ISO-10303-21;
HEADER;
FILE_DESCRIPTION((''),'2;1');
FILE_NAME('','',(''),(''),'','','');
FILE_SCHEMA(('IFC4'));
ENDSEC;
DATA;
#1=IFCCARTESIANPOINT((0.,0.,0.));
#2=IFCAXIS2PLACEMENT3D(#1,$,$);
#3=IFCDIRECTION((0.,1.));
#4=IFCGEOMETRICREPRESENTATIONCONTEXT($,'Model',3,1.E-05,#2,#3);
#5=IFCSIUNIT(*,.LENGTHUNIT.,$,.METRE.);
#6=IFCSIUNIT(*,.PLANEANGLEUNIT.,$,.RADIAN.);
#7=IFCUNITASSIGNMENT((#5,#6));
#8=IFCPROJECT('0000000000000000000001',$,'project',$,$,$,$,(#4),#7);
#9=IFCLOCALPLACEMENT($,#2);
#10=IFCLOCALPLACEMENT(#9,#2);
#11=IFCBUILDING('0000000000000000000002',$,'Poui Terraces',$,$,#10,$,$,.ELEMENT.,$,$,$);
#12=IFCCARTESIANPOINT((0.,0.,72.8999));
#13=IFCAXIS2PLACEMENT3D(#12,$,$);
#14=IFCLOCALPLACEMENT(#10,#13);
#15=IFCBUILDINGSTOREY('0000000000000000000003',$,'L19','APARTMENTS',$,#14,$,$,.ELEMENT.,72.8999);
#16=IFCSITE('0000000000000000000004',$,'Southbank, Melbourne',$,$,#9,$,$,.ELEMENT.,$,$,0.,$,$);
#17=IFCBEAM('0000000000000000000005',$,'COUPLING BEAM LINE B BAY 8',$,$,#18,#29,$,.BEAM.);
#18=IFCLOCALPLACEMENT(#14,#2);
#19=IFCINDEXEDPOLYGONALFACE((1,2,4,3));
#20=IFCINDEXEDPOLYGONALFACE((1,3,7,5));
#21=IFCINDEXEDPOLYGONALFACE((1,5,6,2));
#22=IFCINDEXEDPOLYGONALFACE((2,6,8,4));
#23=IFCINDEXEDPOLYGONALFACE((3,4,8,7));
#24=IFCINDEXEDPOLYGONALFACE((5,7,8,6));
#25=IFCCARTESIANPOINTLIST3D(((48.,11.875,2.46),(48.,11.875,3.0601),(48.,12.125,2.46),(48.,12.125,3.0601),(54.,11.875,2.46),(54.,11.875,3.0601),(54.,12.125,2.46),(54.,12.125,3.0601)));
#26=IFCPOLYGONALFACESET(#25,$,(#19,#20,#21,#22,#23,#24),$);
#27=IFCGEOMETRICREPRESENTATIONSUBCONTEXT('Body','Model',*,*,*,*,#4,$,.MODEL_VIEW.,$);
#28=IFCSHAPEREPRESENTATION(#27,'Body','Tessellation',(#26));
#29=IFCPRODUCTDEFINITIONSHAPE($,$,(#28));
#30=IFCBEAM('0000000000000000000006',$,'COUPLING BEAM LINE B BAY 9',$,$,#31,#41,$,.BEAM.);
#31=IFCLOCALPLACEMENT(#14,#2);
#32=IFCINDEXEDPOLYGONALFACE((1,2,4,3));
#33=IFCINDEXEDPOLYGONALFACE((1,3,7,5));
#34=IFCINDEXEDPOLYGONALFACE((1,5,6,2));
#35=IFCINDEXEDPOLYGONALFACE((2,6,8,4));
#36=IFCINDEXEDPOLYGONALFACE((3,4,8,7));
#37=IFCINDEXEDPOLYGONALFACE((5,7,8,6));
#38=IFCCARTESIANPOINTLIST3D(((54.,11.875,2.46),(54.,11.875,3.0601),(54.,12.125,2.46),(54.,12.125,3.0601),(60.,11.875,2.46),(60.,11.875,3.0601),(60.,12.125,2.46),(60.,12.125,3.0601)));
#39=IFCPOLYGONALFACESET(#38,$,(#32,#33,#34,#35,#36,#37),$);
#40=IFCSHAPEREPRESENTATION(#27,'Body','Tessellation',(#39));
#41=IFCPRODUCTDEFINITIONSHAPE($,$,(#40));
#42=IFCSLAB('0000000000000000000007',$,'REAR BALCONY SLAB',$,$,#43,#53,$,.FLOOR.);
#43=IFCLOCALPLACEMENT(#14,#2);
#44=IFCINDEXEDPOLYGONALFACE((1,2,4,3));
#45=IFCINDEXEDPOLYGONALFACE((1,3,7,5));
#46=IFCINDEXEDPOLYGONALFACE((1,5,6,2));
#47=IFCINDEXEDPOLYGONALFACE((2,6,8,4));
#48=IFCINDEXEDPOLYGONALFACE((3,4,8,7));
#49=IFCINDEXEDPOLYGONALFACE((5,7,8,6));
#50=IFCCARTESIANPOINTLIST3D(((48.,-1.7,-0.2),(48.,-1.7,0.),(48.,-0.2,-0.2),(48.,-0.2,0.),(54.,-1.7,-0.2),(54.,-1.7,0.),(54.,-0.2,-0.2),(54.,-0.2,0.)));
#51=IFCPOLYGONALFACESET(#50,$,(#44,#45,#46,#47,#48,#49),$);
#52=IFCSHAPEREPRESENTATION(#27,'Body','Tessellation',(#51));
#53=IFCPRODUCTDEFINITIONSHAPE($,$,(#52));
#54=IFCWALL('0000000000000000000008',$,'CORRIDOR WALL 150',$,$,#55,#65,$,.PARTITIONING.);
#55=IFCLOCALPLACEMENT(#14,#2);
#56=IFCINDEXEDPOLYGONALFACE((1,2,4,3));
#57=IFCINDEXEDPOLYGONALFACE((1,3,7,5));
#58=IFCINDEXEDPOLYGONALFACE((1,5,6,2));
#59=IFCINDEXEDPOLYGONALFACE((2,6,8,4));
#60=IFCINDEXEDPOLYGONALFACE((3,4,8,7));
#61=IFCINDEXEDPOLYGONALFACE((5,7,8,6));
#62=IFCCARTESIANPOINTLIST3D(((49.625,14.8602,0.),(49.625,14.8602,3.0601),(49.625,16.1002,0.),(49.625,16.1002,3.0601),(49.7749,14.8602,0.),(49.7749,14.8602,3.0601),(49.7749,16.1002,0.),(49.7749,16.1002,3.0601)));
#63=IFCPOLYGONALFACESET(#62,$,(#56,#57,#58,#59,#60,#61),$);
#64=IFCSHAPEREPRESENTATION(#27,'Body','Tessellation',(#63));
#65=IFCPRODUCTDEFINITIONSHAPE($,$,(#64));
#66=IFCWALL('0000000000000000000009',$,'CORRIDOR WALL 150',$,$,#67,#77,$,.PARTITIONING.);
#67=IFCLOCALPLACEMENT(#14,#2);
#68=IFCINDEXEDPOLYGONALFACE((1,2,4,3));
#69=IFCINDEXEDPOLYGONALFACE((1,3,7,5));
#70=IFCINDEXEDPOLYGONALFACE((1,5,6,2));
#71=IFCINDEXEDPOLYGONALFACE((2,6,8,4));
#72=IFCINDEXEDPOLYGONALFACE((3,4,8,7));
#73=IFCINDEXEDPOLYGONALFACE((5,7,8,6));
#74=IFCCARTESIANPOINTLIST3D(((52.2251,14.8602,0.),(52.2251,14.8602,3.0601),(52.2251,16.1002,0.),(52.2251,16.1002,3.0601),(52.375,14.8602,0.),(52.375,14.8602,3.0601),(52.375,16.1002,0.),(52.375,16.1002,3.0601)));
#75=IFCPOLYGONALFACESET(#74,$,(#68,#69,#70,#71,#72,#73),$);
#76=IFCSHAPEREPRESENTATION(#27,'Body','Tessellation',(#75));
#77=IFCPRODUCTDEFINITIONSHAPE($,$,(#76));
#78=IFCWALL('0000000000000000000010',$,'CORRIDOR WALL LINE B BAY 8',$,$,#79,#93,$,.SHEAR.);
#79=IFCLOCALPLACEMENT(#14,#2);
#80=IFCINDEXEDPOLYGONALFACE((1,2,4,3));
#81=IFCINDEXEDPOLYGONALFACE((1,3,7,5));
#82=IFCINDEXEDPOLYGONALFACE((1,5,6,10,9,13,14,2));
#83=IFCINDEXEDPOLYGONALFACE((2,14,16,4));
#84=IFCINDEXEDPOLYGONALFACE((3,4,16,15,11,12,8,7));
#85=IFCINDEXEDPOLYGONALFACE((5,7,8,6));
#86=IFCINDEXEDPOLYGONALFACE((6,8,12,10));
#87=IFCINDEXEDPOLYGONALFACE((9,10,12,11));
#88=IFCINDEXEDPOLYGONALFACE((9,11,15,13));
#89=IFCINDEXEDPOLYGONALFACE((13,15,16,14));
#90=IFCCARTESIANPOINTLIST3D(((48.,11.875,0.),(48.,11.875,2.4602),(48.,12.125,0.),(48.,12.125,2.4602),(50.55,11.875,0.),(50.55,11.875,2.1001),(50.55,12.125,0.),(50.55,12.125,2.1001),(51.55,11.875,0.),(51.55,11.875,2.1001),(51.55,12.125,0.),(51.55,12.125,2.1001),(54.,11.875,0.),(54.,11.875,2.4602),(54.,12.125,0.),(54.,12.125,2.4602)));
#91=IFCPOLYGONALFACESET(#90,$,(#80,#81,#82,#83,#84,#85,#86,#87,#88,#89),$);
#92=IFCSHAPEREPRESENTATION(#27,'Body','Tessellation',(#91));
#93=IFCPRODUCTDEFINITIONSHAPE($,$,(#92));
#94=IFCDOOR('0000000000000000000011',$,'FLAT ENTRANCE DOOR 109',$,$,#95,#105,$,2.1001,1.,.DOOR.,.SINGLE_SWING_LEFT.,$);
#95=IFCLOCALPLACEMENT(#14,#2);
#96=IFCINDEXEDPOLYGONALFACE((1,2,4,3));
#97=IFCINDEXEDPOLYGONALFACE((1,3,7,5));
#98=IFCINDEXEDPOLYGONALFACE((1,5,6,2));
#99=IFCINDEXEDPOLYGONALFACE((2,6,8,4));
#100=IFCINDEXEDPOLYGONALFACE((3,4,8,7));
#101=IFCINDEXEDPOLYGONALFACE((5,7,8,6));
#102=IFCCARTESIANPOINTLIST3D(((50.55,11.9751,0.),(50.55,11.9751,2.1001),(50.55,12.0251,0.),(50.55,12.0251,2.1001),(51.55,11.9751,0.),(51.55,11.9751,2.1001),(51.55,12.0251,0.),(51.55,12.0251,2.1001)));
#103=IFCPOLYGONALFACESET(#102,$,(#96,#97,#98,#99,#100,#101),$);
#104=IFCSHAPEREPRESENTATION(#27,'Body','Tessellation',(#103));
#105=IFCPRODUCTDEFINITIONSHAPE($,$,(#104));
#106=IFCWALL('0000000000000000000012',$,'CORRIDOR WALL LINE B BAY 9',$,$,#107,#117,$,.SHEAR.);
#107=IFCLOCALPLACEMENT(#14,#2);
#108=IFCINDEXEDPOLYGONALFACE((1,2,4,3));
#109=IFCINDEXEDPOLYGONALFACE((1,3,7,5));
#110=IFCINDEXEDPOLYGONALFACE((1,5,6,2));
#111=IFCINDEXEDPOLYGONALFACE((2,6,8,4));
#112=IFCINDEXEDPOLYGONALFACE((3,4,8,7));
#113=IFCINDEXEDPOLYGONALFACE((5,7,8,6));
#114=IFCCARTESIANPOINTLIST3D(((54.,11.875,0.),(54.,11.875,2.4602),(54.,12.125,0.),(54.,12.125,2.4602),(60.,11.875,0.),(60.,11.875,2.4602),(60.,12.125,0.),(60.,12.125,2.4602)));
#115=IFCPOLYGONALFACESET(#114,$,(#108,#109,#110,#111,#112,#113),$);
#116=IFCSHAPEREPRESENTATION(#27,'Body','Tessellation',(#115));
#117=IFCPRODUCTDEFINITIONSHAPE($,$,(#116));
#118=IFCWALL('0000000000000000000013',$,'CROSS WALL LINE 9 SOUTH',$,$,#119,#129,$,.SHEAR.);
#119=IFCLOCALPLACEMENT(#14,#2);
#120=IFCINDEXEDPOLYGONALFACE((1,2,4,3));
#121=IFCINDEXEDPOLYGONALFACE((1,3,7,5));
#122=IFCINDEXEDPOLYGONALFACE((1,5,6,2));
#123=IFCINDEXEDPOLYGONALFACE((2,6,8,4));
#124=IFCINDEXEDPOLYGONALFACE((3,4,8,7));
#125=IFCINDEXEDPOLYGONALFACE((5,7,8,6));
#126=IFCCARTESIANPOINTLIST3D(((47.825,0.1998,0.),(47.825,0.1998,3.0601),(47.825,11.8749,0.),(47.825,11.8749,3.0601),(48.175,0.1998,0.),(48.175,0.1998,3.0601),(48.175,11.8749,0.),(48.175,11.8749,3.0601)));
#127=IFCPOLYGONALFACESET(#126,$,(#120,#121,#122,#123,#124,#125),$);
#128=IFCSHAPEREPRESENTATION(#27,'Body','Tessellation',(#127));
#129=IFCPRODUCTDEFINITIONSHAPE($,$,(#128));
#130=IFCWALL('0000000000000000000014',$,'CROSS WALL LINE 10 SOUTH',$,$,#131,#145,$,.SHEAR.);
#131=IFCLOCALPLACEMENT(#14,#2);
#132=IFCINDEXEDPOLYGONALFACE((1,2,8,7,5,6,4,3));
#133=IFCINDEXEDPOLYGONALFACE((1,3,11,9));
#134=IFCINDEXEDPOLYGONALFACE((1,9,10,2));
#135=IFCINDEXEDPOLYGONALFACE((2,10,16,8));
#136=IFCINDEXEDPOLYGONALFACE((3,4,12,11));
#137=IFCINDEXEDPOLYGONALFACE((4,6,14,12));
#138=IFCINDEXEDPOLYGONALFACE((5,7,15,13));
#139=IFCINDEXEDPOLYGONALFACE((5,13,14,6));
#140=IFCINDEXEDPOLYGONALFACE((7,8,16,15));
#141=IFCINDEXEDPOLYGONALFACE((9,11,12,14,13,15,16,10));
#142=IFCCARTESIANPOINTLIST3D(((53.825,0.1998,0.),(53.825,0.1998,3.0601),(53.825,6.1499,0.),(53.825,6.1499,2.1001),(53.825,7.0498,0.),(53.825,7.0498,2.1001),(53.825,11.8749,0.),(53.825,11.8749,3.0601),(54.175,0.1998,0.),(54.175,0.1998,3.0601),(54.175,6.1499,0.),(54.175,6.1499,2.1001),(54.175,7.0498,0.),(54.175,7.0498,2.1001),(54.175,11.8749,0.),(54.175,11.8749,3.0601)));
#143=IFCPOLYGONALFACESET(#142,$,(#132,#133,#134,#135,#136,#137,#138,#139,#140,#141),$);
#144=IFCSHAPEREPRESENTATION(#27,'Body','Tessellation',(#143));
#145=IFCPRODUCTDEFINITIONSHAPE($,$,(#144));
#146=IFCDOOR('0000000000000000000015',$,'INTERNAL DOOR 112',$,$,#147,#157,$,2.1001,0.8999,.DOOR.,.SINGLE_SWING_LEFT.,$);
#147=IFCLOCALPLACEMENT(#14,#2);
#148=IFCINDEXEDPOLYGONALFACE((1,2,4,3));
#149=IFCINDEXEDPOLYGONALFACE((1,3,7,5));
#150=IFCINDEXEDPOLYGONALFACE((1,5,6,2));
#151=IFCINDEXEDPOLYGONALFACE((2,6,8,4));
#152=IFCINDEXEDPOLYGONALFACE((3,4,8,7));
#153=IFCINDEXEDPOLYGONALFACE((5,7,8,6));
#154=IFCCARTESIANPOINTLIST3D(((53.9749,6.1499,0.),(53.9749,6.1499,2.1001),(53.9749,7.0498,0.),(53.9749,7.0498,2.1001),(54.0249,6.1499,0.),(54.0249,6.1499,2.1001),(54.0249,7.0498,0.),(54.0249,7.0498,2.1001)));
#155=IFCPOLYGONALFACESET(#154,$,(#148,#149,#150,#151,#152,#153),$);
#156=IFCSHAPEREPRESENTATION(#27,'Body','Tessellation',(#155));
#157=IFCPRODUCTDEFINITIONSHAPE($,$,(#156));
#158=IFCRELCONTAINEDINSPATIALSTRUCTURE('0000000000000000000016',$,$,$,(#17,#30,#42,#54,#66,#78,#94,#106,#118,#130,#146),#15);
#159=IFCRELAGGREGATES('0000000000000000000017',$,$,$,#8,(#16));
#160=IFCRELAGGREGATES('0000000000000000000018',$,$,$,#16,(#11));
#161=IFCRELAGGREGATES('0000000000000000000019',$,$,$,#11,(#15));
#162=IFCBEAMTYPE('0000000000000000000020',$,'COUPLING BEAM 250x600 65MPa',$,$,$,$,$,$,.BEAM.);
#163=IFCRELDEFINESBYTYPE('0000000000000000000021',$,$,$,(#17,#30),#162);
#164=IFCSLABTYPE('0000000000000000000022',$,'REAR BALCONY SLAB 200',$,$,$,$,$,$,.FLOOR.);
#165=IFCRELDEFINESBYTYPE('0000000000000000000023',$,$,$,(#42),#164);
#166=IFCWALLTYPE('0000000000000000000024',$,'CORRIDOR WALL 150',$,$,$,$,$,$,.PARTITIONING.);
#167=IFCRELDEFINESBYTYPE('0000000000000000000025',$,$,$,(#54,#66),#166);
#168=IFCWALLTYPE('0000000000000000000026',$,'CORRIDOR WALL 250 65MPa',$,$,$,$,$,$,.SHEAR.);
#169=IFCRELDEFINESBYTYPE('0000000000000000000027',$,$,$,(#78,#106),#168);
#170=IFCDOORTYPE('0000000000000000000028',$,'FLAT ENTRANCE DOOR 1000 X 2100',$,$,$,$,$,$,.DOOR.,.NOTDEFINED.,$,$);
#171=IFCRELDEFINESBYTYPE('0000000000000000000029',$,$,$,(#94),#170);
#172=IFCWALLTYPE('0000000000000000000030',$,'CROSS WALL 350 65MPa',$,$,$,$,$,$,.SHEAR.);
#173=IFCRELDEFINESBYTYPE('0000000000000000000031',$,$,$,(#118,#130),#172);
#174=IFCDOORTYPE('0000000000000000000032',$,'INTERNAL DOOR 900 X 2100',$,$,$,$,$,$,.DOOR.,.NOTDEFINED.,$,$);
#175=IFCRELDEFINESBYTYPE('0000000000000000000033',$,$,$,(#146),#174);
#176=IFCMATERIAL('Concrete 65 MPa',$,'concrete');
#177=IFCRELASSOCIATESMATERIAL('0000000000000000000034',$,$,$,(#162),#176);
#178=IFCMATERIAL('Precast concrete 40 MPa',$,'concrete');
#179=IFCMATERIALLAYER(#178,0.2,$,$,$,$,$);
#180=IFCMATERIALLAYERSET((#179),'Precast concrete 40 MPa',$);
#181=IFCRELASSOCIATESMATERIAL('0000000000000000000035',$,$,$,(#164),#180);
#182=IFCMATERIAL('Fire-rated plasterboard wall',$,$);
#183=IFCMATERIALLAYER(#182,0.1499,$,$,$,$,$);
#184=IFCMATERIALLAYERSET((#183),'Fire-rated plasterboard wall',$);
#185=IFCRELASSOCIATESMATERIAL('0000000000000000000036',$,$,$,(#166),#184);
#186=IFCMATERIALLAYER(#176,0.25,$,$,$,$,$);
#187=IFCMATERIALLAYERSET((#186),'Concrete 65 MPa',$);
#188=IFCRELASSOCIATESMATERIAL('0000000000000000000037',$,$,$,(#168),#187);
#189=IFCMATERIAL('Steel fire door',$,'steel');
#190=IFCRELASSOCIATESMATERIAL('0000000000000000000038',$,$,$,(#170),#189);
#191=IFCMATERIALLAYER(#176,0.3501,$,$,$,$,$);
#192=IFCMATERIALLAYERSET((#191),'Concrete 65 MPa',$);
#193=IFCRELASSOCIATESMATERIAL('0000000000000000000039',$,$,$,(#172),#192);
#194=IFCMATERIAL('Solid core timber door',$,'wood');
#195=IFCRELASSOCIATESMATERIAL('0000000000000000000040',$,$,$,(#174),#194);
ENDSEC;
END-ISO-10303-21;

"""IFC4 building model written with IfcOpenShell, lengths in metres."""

from ifc_helpers import new_model, si_unit, direction, frame, frame_2d, origin, origin_2d, place, context, subcontext, project, spatial, polyline, rectangle, outline, extrude, source, transform, mapped, material, layer, layer_set, material_profile, profile_set, type_object, element, fill, save


model = new_model("IFC4")

# Units and contexts
model_context = context("Model", 3, precision=1e-05, world=origin(), true_north=direction((0.0, 1.0)))
body_context = subcontext(model_context, "Body", "Model", "MODEL_VIEW")
ifc_project = project(units=[si_unit("LENGTHUNIT", "METRE"), si_unit("PLANEANGLEUNIT", "RADIAN")], contexts=[model_context])

# Site, building, storey
site_placement = place(None, origin())
site = spatial("IfcSite", under=ifc_project, at=site_placement, Name="Southbank, Melbourne", CompositionType="ELEMENT", RefElevation=0.0)
building_placement = place(site_placement, origin())
building = spatial("IfcBuilding", under=site, at=building_placement, Name="Poui Terraces", CompositionType="ELEMENT")
storey_placement = place(building_placement, frame((0.0, 0.0, 72.8999)))
storey = spatial("IfcBuildingStorey", under=building, at=storey_placement, Name="L19", Description="APARTMENTS", CompositionType="ELEMENT", Elevation=72.8999)

# Beams
ifc_material_1 = material(Name="Concrete 65 MPa", Category="concrete")
ifc_material_profile_1 = material_profile(ifc_material_1, rectangle(XDim=0.25, YDim=0.6001, at=origin_2d()), Name="RC 250x600")
ifc_profile_set_1 = profile_set([ifc_material_profile_1], Name="Concrete 65 MPa")
beam_type = type_object("IfcBeamType", Name="COUPLING BEAM 250x600 65MPa", PredefinedType="BEAM", material=ifc_profile_set_1)
shared_shape_1 = source(origin(), body_context, "Body", "SweptSolid", [
    extrude(rectangle(XDim=0.25, YDim=0.6001, at=origin_2d()), origin(), (0.0, 0.0, 1.0), 6.0),
])
for number, where, z_axis, x_axis, name in (
    (1, (48.0, 12.0, 2.76), (1.0, 0.0, 0.0), (0.0, 1.0, 0.0), "COUPLING BEAM LINE B BAY 8"),
    (2, (54.0, 12.0, 2.76), (1.0, 0.0, 0.0), (0.0, 1.0, 0.0), "COUPLING BEAM LINE B BAY 9"),
):
    element("IfcBeam", number, at=place(storey_placement, frame(where, z_axis=z_axis, x_axis=x_axis)), inside=storey, type_object=beam_type, Name=name, PredefinedType="BEAM", context=body_context, shape_type="MappedRepresentation", body=[
        mapped(shared_shape_1, transform((0.0, 0.0, 0.0))),
    ])

# Slab
ifc_material_2 = material(Name="Precast concrete 40 MPa", Category="concrete")
ifc_layer_1 = layer(ifc_material_2, 0.2)
ifc_layer_set_1 = layer_set([ifc_layer_1], Name="Precast concrete 40 MPa")
slab_type = type_object("IfcSlabType", Name="REAR BALCONY SLAB 200", PredefinedType="FLOOR", material=ifc_layer_set_1)
shared_shape_2 = source(origin(), body_context, "Body", "SweptSolid", [
    extrude(outline(polyline([(0.0, 0.0), (6.0, 0.0), (6.0, 1.5), (0.0, 1.5), (0.0, 0.0)])), origin(), (0.0, 0.0, 1.0), 0.2),
])
slab_placement = place(storey_placement, frame((48.0, -1.7, -0.2)))
element("IfcSlab", 3, at=slab_placement, inside=storey, type_object=slab_type, Name="REAR BALCONY SLAB", PredefinedType="FLOOR", context=body_context, shape_type="MappedRepresentation", body=[
    mapped(shared_shape_2, transform((0.0, 0.0, 0.0))),
])

# Walls
ifc_material_3 = material(Name="Fire-rated plasterboard wall")
ifc_layer_2 = layer(ifc_material_3, 0.1499)
ifc_layer_set_2 = layer_set([ifc_layer_2], Name="Fire-rated plasterboard wall")
wall_type_1 = type_object("IfcWallType", Name="CORRIDOR WALL 150", PredefinedType="PARTITIONING", material=ifc_layer_set_2)
for number, where, z_axis, x_axis, name in (
    (4, (49.7, 14.8601, 0.0), (0.0, 0.0, 1.0), (0.0, 1.0, 0.0), "CORRIDOR WALL 150"),
    (5, (52.3, 14.8601, 0.0), (0.0, 0.0, 1.0), (0.0, 1.0, 0.0), "CORRIDOR WALL 150"),
):
    element("IfcWall", number, at=place(storey_placement, frame(where, z_axis=z_axis, x_axis=x_axis)), inside=storey, type_object=wall_type_1, Name=name, PredefinedType="PARTITIONING", context=body_context, shape_type="SweptSolid", body=[
        extrude(rectangle(XDim=1.24, YDim=0.1499, at=frame_2d((0.6201, 0.0))), origin(), (0.0, 0.0, 1.0), 3.0601),
    ])

# Wall, opening, door
ifc_layer_3 = layer(ifc_material_1, 0.25)
ifc_layer_set_3 = layer_set([ifc_layer_3], Name="Concrete 65 MPa")
wall_type_2 = type_object("IfcWallType", Name="CORRIDOR WALL 250 65MPa", PredefinedType="SHEAR", material=ifc_layer_set_3)
wall_1_placement = place(storey_placement, frame((48.0, 12.0, 0.0), z_axis=(0.0, 0.0, 1.0), x_axis=(1.0, 0.0, 0.0)))
wall_1 = element("IfcWall", 6, at=wall_1_placement, inside=storey, type_object=wall_type_2, Name="CORRIDOR WALL LINE B BAY 8", PredefinedType="SHEAR", context=body_context, shape_type="SweptSolid", body=[
    extrude(rectangle(XDim=6.0, YDim=0.25, at=frame_2d((3.0, 0.0))), origin(), (0.0, 0.0, 1.0), 2.4602),
])
opening_1_placement = place(wall_1_placement, frame((2.55, 0.0, 0.0)))
opening_1 = element("IfcOpeningElement", 7, at=opening_1_placement, cuts=wall_1, PredefinedType="OPENING", context=body_context, shape_type="SweptSolid", body=[
    extrude(rectangle(XDim=1.0, YDim=2.1001, at=frame_2d((0.5, 1.05))), frame((0.0, 0.135, 0.0), z_axis=(0.0, -1.0, 0.0), x_axis=(1.0, 0.0, 0.0)), (0.0, 0.0, 1.0), 0.27),
])
ifc_material_4 = material(Name="Steel fire door", Category="steel")
door_type_1 = type_object("IfcDoorType", Name="FLAT ENTRANCE DOOR 1000 X 2100", OperationType="NOTDEFINED", PredefinedType="DOOR", material=ifc_material_4)
door_1_placement = place(opening_1_placement, frame((1.0, 0.0, 0.0), z_axis=(0.0, 0.0, 1.0), x_axis=(-1.0, 0.0, 0.0)))
door_1 = element("IfcDoor", 8, at=door_1_placement, inside=storey, type_object=door_type_1, Name="FLAT ENTRANCE DOOR 109", OperationType="SINGLE_SWING_LEFT", OverallHeight=2.1001, OverallWidth=1.0, PredefinedType="DOOR", context=body_context, shape_type="SweptSolid", body=[
    extrude(rectangle(XDim=1.0, YDim=2.1001, at=frame_2d((0.5, 1.05))), frame((0.0, 0.0249, 0.0), z_axis=(0.0, -1.0, 0.0), x_axis=(1.0, 0.0, 0.0)), (0.0, 0.0, 1.0), 0.05),
])
fill(opening_1, door_1)

# Walls
wall_2_placement = place(storey_placement, frame((54.0, 12.0, 0.0), z_axis=(0.0, 0.0, 1.0), x_axis=(1.0, 0.0, 0.0)))
element("IfcWall", 9, at=wall_2_placement, inside=storey, type_object=wall_type_2, Name="CORRIDOR WALL LINE B BAY 9", PredefinedType="SHEAR", context=body_context, shape_type="SweptSolid", body=[
    extrude(rectangle(XDim=6.0, YDim=0.25, at=frame_2d((3.0, 0.0))), origin(), (0.0, 0.0, 1.0), 2.4602),
])
ifc_layer_4 = layer(ifc_material_1, 0.3501)
ifc_layer_set_4 = layer_set([ifc_layer_4], Name="Concrete 65 MPa")
wall_type_3 = type_object("IfcWallType", Name="CROSS WALL 350 65MPa", PredefinedType="SHEAR", material=ifc_layer_set_4)
wall_3_placement = place(storey_placement, frame((48.0, 0.2, 0.0), z_axis=(0.0, 0.0, 1.0), x_axis=(0.0, 1.0, 0.0)))
element("IfcWall", 10, at=wall_3_placement, inside=storey, type_object=wall_type_3, Name="CROSS WALL LINE 9 SOUTH", PredefinedType="SHEAR", context=body_context, shape_type="SweptSolid", body=[
    extrude(rectangle(XDim=11.675, YDim=0.3501, at=frame_2d((5.8374, 0.0))), origin(), (0.0, 0.0, 1.0), 3.0601),
])

# Wall, opening, door
wall_4_placement = place(storey_placement, frame((54.0, 0.2, 0.0), z_axis=(0.0, 0.0, 1.0), x_axis=(0.0, 1.0, 0.0)))
wall_4 = element("IfcWall", 11, at=wall_4_placement, inside=storey, type_object=wall_type_3, Name="CROSS WALL LINE 10 SOUTH", PredefinedType="SHEAR", context=body_context, shape_type="SweptSolid", body=[
    extrude(rectangle(XDim=11.675, YDim=0.3501, at=frame_2d((5.8374, 0.0))), origin(), (0.0, 0.0, 1.0), 3.0601),
])
opening_2_placement = place(wall_4_placement, frame((5.95, 0.0, 0.0)))
opening_2 = element("IfcOpeningElement", 12, at=opening_2_placement, cuts=wall_4, PredefinedType="OPENING", context=body_context, shape_type="SweptSolid", body=[
    extrude(rectangle(XDim=0.8999, YDim=2.1001, at=frame_2d((0.45, 1.05))), frame((0.0, 0.1851, 0.0), z_axis=(0.0, -1.0, 0.0), x_axis=(1.0, 0.0, 0.0)), (0.0, 0.0, 1.0), 0.3701),
])
ifc_material_5 = material(Name="Solid core timber door", Category="wood")
door_type_2 = type_object("IfcDoorType", Name="INTERNAL DOOR 900 X 2100", OperationType="NOTDEFINED", PredefinedType="DOOR", material=ifc_material_5)
door_2_placement = place(opening_2_placement, frame((0.8999, 0.0, 0.0), z_axis=(0.0, 0.0, 1.0), x_axis=(-1.0, 0.0, 0.0)))
door_2 = element("IfcDoor", 13, at=door_2_placement, inside=storey, type_object=door_type_2, Name="INTERNAL DOOR 112", OperationType="SINGLE_SWING_LEFT", OverallHeight=2.1001, OverallWidth=0.8999, PredefinedType="DOOR", context=body_context, shape_type="SweptSolid", body=[
    extrude(rectangle(XDim=0.8999, YDim=2.1001, at=frame_2d((0.45, 1.05))), frame((0.0, 0.0249, 0.0), z_axis=(0.0, -1.0, 0.0), x_axis=(1.0, 0.0, 0.0)), (0.0, 0.0, 1.0), 0.05),
])
fill(opening_2, door_2)

save(model, "model.ifc")
